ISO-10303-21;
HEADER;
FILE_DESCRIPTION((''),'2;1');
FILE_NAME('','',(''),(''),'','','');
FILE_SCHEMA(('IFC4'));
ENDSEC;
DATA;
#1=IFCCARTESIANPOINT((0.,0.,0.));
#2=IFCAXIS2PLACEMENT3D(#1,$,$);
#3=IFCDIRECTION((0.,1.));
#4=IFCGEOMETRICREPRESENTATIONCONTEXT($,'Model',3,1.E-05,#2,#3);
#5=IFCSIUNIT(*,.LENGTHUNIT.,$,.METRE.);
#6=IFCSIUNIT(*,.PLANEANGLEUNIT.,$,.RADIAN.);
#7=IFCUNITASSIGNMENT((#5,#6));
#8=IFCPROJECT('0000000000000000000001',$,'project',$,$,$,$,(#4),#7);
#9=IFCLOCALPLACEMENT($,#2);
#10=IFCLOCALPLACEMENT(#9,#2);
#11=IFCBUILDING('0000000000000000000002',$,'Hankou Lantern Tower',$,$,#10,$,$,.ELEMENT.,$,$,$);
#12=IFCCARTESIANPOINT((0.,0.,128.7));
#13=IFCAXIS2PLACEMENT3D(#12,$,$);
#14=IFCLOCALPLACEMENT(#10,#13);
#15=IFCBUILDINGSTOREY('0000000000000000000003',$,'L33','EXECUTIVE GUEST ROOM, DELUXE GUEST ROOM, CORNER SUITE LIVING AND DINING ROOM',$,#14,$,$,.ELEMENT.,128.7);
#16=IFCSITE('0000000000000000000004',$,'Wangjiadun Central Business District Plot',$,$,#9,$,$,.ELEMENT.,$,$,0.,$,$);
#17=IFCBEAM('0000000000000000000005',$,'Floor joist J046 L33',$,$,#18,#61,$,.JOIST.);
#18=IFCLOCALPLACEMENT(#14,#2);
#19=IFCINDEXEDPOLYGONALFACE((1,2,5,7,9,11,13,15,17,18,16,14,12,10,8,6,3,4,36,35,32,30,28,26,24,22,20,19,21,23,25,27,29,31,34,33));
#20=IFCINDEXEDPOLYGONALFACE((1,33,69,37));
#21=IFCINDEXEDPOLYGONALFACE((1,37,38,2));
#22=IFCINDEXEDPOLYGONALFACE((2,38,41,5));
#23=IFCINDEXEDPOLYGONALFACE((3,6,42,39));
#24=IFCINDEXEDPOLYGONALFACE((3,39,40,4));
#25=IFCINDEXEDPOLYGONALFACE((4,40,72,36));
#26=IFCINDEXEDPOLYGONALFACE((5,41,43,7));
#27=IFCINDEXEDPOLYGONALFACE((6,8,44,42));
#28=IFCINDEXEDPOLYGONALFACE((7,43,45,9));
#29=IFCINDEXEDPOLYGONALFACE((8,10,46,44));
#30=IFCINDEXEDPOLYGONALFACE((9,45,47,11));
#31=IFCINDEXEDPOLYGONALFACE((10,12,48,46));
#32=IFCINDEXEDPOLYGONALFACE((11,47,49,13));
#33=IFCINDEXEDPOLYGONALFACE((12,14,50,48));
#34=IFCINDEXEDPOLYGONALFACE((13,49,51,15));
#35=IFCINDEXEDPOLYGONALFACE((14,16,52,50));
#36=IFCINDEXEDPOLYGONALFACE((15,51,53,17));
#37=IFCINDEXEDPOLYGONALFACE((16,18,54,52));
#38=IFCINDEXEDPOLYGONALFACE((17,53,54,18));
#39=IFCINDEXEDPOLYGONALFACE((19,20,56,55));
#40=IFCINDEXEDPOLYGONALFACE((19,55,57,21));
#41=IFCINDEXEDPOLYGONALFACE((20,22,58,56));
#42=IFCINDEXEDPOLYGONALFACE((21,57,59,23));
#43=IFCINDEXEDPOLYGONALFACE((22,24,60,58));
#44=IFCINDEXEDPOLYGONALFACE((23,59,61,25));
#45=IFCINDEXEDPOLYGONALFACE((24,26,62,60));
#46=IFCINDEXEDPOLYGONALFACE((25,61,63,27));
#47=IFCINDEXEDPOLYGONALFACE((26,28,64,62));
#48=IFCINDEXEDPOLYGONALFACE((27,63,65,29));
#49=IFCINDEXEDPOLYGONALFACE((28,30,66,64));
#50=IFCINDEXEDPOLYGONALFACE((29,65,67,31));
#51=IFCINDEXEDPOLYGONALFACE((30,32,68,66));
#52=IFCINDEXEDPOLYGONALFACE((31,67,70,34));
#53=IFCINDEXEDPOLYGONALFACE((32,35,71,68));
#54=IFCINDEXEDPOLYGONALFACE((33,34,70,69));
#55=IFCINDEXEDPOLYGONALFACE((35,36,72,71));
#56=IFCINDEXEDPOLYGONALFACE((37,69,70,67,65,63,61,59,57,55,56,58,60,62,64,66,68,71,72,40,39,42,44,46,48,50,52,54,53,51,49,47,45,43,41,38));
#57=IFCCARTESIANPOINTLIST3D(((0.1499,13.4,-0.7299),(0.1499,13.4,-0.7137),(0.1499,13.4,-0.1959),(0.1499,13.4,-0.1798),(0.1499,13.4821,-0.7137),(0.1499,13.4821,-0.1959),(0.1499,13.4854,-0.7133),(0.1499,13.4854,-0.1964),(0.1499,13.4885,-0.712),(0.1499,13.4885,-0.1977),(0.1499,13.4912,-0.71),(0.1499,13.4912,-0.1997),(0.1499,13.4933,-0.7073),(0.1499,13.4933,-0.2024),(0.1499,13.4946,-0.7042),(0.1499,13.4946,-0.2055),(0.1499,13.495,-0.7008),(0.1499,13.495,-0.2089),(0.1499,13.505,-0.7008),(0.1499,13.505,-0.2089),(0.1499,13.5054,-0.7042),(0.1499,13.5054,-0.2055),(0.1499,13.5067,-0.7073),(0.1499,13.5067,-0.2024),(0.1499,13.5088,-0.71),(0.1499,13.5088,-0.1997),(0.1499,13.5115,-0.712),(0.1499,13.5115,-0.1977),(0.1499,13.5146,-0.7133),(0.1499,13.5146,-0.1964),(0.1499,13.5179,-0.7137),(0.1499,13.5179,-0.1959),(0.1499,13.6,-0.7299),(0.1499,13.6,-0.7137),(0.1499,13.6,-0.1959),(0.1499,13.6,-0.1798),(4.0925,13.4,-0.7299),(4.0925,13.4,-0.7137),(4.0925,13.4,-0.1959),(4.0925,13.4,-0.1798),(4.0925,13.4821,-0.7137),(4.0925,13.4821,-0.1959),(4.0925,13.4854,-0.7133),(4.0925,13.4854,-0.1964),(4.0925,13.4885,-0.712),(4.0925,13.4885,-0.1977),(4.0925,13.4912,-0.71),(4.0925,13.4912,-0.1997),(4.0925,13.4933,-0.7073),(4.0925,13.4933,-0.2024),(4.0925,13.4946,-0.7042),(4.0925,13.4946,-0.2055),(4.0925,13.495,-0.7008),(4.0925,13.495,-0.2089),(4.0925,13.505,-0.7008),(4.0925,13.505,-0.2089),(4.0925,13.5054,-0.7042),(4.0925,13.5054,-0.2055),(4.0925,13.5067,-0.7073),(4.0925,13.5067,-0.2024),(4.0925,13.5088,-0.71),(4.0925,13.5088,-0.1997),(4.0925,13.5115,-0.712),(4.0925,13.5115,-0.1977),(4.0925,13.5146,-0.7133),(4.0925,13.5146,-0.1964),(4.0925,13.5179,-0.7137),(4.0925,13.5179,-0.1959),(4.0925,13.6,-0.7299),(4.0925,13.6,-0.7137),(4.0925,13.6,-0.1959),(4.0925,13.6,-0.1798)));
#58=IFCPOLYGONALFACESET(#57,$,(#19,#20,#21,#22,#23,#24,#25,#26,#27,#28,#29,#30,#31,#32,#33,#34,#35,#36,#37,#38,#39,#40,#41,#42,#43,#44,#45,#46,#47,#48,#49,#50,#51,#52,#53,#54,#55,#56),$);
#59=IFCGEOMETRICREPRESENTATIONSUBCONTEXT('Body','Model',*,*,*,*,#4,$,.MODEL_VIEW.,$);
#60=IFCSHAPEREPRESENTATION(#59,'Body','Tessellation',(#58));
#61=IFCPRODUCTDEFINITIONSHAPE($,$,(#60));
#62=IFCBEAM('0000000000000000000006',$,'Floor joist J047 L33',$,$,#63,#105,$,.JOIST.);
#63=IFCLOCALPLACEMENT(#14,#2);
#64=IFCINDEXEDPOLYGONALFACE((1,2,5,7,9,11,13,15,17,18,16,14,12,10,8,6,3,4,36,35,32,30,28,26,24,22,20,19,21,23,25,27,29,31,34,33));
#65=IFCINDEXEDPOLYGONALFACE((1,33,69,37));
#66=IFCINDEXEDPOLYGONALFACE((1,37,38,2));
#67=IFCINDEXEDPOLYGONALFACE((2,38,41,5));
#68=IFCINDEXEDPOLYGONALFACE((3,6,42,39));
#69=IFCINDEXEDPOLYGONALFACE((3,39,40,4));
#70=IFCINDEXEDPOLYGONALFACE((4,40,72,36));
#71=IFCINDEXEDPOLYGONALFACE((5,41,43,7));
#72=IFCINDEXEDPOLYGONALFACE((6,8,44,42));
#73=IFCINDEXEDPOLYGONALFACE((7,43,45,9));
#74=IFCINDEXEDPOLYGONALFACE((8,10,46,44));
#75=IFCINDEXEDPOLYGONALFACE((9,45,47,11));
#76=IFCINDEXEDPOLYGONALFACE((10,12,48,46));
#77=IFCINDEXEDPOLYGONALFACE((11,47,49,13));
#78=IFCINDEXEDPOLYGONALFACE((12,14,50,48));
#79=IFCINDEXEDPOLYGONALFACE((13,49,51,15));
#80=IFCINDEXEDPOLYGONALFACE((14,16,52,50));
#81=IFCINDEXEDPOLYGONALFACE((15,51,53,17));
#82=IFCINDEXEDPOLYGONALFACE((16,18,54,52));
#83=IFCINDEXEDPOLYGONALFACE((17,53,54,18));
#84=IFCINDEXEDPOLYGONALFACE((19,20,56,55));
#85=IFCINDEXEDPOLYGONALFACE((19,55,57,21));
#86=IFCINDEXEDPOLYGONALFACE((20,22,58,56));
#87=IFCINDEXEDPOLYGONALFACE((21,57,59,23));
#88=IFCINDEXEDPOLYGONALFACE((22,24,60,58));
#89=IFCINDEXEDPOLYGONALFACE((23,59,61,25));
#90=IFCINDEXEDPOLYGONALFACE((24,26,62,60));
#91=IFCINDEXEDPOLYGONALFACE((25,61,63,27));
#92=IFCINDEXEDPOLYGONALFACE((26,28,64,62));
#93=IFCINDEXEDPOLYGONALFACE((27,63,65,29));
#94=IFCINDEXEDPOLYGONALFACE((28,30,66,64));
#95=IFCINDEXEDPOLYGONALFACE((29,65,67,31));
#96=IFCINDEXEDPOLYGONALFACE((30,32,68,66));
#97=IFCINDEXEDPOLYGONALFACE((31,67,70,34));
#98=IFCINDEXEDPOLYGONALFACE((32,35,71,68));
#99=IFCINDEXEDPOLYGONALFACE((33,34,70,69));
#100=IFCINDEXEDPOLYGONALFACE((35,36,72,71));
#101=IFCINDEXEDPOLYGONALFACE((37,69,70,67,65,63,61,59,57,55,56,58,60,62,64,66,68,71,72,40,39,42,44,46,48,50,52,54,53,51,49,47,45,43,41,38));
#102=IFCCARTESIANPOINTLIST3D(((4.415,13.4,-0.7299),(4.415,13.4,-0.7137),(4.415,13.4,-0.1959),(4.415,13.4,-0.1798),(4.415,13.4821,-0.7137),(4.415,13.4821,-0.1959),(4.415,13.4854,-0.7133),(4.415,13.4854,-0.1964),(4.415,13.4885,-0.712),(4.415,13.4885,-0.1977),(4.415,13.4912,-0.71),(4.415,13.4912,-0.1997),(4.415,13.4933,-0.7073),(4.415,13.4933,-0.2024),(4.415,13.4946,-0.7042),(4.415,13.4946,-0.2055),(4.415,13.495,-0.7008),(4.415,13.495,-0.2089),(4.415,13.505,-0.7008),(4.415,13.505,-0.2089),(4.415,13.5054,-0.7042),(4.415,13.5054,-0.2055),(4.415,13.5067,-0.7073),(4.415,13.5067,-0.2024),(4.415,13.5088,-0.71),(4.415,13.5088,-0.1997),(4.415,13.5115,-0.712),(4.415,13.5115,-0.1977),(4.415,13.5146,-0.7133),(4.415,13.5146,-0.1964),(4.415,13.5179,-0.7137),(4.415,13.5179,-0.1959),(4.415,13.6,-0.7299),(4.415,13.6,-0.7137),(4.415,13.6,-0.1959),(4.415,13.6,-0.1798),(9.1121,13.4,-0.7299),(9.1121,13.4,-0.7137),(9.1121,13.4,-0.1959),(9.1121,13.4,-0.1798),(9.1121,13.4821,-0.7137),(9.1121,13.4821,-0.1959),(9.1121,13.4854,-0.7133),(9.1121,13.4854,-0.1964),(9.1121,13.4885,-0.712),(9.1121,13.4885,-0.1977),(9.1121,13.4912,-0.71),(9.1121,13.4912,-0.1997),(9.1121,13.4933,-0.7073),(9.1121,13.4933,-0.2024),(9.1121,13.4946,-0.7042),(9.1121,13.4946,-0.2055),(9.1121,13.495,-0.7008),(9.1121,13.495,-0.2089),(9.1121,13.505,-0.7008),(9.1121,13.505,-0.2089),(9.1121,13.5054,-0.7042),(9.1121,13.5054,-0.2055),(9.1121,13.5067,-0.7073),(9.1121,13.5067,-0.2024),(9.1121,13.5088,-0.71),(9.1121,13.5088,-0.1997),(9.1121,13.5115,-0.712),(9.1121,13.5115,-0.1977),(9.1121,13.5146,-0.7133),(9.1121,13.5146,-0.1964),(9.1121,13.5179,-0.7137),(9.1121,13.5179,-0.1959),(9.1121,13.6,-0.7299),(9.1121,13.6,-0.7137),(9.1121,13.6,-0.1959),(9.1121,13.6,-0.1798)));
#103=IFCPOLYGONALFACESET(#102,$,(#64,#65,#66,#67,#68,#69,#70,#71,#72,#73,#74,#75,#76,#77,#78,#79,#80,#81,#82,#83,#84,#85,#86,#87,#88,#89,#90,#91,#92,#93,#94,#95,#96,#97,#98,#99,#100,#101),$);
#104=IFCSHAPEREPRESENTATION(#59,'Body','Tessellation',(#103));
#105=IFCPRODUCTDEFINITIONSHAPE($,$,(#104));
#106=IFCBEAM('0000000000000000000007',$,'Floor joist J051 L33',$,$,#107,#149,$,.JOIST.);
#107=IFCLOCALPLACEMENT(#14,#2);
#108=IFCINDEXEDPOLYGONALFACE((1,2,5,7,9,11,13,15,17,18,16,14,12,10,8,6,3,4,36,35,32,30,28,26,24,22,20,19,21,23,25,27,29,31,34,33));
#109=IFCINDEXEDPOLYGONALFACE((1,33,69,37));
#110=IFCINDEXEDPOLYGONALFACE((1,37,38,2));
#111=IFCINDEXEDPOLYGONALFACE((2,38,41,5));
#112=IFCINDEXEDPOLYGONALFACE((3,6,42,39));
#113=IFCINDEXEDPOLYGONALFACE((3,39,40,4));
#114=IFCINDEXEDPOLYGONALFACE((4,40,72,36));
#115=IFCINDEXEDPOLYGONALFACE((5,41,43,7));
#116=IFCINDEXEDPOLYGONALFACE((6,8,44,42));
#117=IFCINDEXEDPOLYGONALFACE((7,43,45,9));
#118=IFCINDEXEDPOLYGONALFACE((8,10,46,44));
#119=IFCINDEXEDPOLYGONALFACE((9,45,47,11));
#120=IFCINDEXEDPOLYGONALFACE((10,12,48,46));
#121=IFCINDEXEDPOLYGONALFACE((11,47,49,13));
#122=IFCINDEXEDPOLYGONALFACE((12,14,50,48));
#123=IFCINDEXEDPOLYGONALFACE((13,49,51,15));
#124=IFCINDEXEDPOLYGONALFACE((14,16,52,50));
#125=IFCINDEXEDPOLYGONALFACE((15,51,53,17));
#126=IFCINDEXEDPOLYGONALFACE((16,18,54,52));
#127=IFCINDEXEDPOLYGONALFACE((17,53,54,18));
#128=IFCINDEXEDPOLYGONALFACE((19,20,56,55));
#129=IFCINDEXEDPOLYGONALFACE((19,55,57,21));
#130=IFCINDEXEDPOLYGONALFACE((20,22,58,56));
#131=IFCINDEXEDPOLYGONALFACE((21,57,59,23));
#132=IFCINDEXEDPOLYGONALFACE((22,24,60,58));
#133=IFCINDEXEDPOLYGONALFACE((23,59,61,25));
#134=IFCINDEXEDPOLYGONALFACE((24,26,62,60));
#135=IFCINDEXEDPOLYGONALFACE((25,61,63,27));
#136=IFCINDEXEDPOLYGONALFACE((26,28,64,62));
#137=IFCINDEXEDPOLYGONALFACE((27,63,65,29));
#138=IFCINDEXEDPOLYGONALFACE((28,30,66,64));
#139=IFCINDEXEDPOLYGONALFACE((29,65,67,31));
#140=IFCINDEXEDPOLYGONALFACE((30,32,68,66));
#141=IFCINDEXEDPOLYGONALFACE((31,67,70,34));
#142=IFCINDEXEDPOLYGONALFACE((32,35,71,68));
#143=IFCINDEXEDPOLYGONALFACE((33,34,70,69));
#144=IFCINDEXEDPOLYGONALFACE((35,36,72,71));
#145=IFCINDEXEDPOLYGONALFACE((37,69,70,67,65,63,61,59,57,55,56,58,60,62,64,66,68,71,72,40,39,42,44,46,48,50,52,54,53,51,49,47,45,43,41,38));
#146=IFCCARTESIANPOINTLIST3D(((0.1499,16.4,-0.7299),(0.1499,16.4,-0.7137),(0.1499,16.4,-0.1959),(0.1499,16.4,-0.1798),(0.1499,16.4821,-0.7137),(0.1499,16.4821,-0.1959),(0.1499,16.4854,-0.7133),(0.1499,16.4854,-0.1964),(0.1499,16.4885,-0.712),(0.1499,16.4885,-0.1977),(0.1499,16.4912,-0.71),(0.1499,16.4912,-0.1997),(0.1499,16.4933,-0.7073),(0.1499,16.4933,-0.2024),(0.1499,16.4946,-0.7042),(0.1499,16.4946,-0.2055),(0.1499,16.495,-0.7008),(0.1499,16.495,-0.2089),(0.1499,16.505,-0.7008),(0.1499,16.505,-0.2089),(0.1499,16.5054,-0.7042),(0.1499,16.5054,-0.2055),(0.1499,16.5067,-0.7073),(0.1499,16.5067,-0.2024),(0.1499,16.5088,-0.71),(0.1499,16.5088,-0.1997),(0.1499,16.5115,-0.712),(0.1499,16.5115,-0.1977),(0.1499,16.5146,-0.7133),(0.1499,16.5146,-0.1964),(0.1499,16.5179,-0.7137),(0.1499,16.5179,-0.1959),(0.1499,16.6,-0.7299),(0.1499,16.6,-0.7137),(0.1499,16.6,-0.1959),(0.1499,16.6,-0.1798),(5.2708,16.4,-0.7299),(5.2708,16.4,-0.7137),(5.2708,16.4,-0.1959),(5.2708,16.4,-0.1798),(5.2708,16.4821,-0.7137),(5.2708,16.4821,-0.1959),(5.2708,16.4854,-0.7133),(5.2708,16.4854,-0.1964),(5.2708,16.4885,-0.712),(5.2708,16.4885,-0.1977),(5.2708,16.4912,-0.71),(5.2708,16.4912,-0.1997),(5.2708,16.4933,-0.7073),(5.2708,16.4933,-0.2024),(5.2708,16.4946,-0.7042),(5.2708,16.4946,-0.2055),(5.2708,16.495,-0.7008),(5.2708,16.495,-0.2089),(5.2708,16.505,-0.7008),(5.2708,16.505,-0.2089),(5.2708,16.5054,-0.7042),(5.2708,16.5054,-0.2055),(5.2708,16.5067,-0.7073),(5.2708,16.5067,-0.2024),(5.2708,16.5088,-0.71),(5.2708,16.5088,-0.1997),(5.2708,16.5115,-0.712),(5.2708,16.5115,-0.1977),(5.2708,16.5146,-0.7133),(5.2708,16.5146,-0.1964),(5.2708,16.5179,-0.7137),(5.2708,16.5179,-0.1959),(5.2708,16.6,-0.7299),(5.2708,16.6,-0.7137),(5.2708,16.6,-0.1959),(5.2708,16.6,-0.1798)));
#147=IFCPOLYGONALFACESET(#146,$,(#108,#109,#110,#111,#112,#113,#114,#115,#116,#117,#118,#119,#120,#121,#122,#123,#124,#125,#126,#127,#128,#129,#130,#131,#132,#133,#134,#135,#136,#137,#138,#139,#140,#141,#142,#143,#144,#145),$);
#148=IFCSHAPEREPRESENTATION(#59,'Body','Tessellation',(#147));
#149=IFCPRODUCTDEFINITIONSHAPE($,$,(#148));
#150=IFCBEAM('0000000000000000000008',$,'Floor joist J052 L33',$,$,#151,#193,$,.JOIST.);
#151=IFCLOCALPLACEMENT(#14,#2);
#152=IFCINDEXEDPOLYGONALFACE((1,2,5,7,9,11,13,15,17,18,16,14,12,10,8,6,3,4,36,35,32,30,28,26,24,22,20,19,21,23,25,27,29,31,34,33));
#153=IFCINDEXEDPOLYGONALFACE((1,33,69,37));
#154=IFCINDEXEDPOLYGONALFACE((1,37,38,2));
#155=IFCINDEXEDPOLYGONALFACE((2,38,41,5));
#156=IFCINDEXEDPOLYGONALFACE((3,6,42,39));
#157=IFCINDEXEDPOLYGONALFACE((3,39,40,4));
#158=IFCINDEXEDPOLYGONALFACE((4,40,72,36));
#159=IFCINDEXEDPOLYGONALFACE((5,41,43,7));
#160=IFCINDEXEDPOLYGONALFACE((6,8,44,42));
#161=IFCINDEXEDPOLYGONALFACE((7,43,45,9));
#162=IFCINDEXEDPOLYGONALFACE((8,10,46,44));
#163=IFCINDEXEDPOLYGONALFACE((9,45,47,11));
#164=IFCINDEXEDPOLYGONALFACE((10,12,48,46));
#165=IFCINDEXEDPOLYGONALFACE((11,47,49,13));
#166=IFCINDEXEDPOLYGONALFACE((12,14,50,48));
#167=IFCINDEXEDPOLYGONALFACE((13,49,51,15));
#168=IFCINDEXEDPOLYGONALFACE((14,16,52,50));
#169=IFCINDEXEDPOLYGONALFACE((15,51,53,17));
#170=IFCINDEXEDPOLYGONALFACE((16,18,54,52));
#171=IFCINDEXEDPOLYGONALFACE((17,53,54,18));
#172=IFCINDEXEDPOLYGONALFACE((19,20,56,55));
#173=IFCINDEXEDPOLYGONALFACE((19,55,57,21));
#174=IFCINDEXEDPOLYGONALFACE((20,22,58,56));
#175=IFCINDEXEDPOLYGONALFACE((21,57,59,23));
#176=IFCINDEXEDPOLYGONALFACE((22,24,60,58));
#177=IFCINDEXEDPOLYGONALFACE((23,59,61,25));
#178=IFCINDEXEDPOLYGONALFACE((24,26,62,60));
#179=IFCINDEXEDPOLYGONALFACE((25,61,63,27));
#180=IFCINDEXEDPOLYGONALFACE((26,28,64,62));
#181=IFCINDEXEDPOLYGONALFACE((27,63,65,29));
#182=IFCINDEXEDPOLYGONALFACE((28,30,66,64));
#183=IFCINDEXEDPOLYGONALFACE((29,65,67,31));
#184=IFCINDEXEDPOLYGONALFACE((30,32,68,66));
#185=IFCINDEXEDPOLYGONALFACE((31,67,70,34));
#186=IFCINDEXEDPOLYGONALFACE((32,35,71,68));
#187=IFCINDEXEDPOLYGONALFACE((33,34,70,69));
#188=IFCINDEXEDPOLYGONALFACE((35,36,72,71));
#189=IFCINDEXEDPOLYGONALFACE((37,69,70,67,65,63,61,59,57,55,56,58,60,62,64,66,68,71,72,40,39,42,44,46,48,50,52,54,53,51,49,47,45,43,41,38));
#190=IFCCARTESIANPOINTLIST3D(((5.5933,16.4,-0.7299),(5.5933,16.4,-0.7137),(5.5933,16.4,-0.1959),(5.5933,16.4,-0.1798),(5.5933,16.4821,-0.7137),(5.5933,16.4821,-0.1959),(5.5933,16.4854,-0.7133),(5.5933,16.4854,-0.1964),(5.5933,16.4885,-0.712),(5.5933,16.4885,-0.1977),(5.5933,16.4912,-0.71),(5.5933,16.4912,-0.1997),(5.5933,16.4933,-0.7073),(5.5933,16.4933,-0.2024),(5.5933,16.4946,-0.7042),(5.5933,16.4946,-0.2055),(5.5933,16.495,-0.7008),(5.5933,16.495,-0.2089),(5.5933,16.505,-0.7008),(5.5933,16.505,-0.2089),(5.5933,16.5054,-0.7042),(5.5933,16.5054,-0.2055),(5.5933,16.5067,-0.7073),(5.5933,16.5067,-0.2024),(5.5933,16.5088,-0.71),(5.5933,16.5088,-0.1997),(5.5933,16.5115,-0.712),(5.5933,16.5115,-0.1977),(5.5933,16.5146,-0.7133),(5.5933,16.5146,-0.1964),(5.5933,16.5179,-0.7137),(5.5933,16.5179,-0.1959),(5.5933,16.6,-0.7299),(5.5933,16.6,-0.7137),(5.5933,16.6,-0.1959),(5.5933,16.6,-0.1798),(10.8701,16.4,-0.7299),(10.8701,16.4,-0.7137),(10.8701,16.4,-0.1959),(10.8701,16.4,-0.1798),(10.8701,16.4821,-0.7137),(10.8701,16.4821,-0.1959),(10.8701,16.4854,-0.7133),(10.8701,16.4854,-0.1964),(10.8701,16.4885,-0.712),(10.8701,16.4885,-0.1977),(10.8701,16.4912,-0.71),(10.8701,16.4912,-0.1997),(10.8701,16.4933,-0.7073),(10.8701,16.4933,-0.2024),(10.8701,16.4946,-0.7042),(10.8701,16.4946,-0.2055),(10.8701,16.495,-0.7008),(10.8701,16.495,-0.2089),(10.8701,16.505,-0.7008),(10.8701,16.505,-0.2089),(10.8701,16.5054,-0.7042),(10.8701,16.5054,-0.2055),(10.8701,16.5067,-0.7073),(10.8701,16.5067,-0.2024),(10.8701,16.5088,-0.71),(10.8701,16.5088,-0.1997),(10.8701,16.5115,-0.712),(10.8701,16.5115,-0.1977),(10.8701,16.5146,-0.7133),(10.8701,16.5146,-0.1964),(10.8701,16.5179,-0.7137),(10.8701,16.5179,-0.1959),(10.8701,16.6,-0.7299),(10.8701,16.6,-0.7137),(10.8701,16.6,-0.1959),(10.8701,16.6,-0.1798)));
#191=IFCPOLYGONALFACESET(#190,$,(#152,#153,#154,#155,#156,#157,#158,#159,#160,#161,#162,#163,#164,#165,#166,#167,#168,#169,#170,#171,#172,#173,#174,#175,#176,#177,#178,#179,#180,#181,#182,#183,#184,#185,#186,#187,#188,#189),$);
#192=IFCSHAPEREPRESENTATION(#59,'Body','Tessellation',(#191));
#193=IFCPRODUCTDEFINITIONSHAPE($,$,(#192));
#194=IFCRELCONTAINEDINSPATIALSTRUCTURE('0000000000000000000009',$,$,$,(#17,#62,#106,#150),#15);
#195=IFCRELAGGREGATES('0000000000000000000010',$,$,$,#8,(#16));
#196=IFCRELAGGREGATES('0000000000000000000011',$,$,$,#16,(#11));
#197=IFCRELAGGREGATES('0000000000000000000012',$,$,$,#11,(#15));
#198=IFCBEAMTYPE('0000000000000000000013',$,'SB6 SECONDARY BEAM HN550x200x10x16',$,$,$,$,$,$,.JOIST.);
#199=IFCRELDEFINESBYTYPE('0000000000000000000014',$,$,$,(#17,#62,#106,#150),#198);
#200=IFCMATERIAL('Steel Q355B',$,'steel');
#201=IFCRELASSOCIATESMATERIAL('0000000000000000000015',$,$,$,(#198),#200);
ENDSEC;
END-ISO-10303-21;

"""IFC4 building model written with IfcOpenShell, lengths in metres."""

from ifc_helpers import new_model, si_unit, direction, frame, origin, origin_2d, place, context, subcontext, project, spatial, i_section, extrude, material, material_profile, profile_set, type_object, element, save


model = new_model("IFC4")

# Units and contexts
model_context = context("Model", 3, precision=1e-05, world=origin(), true_north=direction((0.0, 1.0)))
body_context = subcontext(model_context, "Body", "Model", "MODEL_VIEW")
ifc_project = project(units=[si_unit("LENGTHUNIT", "METRE"), si_unit("PLANEANGLEUNIT", "RADIAN")], contexts=[model_context])

# Site, building, storey
site_placement = place(None, origin())
site = spatial("IfcSite", under=ifc_project, at=site_placement, Name="Wangjiadun Central Business District Plot", CompositionType="ELEMENT", RefElevation=0.0)
building_placement = place(site_placement, origin())
building = spatial("IfcBuilding", under=site, at=building_placement, Name="Hankou Lantern Tower", CompositionType="ELEMENT")
storey_placement = place(building_placement, frame((0.0, 0.0, 128.7)))
storey = spatial("IfcBuildingStorey", under=building, at=storey_placement, Name="L33", Description="EXECUTIVE GUEST ROOM, DELUXE GUEST ROOM, CORNER SUITE LIVING AND DINING ROOM", CompositionType="ELEMENT", Elevation=128.7)

# Beams
ifc_material_1 = material(Name="Steel Q355B", Category="steel")
ifc_material_profile_1 = material_profile(ifc_material_1, i_section(OverallWidth=0.2, OverallDepth=0.55, WebThickness=0.01, FlangeThickness=0.0161, FilletRadius=0.0129, at=origin_2d()), Name="HN550x200x10x16")
ifc_profile_set_1 = profile_set([ifc_material_profile_1], Name="Steel Q355B")
beam_type_1 = type_object("IfcBeamType", Name="SB6 SECONDARY BEAM HN550x200x10x16", PredefinedType="JOIST", material=ifc_profile_set_1)
beam_1_placement = place(storey_placement, frame((0.1499, 13.5, -0.4548), z_axis=(1.0, 0.0, 0.0), x_axis=(0.0, 1.0, 0.0)))
element("IfcBeam", 1, at=beam_1_placement, inside=storey, type_object=beam_type_1, Name="Floor joist J046 L33", PredefinedType="JOIST", context=body_context, shape_type="SweptSolid", body=[
    extrude(i_section(OverallWidth=0.2, OverallDepth=0.55, WebThickness=0.01, FlangeThickness=0.0161, FilletRadius=0.0129, at=origin_2d()), origin(), (0.0, 0.0, 1.0), 3.9426),
])
beam_2_placement = place(storey_placement, frame((4.415, 13.5, -0.4548), z_axis=(1.0, 0.0, 0.0), x_axis=(0.0, 1.0, 0.0)))
element("IfcBeam", 2, at=beam_2_placement, inside=storey, type_object=beam_type_1, Name="Floor joist J047 L33", PredefinedType="JOIST", context=body_context, shape_type="SweptSolid", body=[
    extrude(i_section(OverallWidth=0.2, OverallDepth=0.55, WebThickness=0.01, FlangeThickness=0.0161, FilletRadius=0.0129, at=origin_2d()), origin(), (0.0, 0.0, 1.0), 4.697),
])
beam_3_placement = place(storey_placement, frame((0.1499, 16.5, -0.4548), z_axis=(1.0, 0.0, 0.0), x_axis=(0.0, 1.0, 0.0)))
element("IfcBeam", 3, at=beam_3_placement, inside=storey, type_object=beam_type_1, Name="Floor joist J051 L33", PredefinedType="JOIST", context=body_context, shape_type="SweptSolid", body=[
    extrude(i_section(OverallWidth=0.2, OverallDepth=0.55, WebThickness=0.01, FlangeThickness=0.0161, FilletRadius=0.0129, at=origin_2d()), origin(), (0.0, 0.0, 1.0), 5.1208),
])
beam_4_placement = place(storey_placement, frame((5.5933, 16.5, -0.4548), z_axis=(1.0, 0.0, 0.0), x_axis=(0.0, 1.0, 0.0)))
element("IfcBeam", 4, at=beam_4_placement, inside=storey, type_object=beam_type_1, Name="Floor joist J052 L33", PredefinedType="JOIST", context=body_context, shape_type="SweptSolid", body=[
    extrude(i_section(OverallWidth=0.2, OverallDepth=0.55, WebThickness=0.01, FlangeThickness=0.0161, FilletRadius=0.0129, at=origin_2d()), origin(), (0.0, 0.0, 1.0), 5.2769),
])

save(model, "model.ifc")
